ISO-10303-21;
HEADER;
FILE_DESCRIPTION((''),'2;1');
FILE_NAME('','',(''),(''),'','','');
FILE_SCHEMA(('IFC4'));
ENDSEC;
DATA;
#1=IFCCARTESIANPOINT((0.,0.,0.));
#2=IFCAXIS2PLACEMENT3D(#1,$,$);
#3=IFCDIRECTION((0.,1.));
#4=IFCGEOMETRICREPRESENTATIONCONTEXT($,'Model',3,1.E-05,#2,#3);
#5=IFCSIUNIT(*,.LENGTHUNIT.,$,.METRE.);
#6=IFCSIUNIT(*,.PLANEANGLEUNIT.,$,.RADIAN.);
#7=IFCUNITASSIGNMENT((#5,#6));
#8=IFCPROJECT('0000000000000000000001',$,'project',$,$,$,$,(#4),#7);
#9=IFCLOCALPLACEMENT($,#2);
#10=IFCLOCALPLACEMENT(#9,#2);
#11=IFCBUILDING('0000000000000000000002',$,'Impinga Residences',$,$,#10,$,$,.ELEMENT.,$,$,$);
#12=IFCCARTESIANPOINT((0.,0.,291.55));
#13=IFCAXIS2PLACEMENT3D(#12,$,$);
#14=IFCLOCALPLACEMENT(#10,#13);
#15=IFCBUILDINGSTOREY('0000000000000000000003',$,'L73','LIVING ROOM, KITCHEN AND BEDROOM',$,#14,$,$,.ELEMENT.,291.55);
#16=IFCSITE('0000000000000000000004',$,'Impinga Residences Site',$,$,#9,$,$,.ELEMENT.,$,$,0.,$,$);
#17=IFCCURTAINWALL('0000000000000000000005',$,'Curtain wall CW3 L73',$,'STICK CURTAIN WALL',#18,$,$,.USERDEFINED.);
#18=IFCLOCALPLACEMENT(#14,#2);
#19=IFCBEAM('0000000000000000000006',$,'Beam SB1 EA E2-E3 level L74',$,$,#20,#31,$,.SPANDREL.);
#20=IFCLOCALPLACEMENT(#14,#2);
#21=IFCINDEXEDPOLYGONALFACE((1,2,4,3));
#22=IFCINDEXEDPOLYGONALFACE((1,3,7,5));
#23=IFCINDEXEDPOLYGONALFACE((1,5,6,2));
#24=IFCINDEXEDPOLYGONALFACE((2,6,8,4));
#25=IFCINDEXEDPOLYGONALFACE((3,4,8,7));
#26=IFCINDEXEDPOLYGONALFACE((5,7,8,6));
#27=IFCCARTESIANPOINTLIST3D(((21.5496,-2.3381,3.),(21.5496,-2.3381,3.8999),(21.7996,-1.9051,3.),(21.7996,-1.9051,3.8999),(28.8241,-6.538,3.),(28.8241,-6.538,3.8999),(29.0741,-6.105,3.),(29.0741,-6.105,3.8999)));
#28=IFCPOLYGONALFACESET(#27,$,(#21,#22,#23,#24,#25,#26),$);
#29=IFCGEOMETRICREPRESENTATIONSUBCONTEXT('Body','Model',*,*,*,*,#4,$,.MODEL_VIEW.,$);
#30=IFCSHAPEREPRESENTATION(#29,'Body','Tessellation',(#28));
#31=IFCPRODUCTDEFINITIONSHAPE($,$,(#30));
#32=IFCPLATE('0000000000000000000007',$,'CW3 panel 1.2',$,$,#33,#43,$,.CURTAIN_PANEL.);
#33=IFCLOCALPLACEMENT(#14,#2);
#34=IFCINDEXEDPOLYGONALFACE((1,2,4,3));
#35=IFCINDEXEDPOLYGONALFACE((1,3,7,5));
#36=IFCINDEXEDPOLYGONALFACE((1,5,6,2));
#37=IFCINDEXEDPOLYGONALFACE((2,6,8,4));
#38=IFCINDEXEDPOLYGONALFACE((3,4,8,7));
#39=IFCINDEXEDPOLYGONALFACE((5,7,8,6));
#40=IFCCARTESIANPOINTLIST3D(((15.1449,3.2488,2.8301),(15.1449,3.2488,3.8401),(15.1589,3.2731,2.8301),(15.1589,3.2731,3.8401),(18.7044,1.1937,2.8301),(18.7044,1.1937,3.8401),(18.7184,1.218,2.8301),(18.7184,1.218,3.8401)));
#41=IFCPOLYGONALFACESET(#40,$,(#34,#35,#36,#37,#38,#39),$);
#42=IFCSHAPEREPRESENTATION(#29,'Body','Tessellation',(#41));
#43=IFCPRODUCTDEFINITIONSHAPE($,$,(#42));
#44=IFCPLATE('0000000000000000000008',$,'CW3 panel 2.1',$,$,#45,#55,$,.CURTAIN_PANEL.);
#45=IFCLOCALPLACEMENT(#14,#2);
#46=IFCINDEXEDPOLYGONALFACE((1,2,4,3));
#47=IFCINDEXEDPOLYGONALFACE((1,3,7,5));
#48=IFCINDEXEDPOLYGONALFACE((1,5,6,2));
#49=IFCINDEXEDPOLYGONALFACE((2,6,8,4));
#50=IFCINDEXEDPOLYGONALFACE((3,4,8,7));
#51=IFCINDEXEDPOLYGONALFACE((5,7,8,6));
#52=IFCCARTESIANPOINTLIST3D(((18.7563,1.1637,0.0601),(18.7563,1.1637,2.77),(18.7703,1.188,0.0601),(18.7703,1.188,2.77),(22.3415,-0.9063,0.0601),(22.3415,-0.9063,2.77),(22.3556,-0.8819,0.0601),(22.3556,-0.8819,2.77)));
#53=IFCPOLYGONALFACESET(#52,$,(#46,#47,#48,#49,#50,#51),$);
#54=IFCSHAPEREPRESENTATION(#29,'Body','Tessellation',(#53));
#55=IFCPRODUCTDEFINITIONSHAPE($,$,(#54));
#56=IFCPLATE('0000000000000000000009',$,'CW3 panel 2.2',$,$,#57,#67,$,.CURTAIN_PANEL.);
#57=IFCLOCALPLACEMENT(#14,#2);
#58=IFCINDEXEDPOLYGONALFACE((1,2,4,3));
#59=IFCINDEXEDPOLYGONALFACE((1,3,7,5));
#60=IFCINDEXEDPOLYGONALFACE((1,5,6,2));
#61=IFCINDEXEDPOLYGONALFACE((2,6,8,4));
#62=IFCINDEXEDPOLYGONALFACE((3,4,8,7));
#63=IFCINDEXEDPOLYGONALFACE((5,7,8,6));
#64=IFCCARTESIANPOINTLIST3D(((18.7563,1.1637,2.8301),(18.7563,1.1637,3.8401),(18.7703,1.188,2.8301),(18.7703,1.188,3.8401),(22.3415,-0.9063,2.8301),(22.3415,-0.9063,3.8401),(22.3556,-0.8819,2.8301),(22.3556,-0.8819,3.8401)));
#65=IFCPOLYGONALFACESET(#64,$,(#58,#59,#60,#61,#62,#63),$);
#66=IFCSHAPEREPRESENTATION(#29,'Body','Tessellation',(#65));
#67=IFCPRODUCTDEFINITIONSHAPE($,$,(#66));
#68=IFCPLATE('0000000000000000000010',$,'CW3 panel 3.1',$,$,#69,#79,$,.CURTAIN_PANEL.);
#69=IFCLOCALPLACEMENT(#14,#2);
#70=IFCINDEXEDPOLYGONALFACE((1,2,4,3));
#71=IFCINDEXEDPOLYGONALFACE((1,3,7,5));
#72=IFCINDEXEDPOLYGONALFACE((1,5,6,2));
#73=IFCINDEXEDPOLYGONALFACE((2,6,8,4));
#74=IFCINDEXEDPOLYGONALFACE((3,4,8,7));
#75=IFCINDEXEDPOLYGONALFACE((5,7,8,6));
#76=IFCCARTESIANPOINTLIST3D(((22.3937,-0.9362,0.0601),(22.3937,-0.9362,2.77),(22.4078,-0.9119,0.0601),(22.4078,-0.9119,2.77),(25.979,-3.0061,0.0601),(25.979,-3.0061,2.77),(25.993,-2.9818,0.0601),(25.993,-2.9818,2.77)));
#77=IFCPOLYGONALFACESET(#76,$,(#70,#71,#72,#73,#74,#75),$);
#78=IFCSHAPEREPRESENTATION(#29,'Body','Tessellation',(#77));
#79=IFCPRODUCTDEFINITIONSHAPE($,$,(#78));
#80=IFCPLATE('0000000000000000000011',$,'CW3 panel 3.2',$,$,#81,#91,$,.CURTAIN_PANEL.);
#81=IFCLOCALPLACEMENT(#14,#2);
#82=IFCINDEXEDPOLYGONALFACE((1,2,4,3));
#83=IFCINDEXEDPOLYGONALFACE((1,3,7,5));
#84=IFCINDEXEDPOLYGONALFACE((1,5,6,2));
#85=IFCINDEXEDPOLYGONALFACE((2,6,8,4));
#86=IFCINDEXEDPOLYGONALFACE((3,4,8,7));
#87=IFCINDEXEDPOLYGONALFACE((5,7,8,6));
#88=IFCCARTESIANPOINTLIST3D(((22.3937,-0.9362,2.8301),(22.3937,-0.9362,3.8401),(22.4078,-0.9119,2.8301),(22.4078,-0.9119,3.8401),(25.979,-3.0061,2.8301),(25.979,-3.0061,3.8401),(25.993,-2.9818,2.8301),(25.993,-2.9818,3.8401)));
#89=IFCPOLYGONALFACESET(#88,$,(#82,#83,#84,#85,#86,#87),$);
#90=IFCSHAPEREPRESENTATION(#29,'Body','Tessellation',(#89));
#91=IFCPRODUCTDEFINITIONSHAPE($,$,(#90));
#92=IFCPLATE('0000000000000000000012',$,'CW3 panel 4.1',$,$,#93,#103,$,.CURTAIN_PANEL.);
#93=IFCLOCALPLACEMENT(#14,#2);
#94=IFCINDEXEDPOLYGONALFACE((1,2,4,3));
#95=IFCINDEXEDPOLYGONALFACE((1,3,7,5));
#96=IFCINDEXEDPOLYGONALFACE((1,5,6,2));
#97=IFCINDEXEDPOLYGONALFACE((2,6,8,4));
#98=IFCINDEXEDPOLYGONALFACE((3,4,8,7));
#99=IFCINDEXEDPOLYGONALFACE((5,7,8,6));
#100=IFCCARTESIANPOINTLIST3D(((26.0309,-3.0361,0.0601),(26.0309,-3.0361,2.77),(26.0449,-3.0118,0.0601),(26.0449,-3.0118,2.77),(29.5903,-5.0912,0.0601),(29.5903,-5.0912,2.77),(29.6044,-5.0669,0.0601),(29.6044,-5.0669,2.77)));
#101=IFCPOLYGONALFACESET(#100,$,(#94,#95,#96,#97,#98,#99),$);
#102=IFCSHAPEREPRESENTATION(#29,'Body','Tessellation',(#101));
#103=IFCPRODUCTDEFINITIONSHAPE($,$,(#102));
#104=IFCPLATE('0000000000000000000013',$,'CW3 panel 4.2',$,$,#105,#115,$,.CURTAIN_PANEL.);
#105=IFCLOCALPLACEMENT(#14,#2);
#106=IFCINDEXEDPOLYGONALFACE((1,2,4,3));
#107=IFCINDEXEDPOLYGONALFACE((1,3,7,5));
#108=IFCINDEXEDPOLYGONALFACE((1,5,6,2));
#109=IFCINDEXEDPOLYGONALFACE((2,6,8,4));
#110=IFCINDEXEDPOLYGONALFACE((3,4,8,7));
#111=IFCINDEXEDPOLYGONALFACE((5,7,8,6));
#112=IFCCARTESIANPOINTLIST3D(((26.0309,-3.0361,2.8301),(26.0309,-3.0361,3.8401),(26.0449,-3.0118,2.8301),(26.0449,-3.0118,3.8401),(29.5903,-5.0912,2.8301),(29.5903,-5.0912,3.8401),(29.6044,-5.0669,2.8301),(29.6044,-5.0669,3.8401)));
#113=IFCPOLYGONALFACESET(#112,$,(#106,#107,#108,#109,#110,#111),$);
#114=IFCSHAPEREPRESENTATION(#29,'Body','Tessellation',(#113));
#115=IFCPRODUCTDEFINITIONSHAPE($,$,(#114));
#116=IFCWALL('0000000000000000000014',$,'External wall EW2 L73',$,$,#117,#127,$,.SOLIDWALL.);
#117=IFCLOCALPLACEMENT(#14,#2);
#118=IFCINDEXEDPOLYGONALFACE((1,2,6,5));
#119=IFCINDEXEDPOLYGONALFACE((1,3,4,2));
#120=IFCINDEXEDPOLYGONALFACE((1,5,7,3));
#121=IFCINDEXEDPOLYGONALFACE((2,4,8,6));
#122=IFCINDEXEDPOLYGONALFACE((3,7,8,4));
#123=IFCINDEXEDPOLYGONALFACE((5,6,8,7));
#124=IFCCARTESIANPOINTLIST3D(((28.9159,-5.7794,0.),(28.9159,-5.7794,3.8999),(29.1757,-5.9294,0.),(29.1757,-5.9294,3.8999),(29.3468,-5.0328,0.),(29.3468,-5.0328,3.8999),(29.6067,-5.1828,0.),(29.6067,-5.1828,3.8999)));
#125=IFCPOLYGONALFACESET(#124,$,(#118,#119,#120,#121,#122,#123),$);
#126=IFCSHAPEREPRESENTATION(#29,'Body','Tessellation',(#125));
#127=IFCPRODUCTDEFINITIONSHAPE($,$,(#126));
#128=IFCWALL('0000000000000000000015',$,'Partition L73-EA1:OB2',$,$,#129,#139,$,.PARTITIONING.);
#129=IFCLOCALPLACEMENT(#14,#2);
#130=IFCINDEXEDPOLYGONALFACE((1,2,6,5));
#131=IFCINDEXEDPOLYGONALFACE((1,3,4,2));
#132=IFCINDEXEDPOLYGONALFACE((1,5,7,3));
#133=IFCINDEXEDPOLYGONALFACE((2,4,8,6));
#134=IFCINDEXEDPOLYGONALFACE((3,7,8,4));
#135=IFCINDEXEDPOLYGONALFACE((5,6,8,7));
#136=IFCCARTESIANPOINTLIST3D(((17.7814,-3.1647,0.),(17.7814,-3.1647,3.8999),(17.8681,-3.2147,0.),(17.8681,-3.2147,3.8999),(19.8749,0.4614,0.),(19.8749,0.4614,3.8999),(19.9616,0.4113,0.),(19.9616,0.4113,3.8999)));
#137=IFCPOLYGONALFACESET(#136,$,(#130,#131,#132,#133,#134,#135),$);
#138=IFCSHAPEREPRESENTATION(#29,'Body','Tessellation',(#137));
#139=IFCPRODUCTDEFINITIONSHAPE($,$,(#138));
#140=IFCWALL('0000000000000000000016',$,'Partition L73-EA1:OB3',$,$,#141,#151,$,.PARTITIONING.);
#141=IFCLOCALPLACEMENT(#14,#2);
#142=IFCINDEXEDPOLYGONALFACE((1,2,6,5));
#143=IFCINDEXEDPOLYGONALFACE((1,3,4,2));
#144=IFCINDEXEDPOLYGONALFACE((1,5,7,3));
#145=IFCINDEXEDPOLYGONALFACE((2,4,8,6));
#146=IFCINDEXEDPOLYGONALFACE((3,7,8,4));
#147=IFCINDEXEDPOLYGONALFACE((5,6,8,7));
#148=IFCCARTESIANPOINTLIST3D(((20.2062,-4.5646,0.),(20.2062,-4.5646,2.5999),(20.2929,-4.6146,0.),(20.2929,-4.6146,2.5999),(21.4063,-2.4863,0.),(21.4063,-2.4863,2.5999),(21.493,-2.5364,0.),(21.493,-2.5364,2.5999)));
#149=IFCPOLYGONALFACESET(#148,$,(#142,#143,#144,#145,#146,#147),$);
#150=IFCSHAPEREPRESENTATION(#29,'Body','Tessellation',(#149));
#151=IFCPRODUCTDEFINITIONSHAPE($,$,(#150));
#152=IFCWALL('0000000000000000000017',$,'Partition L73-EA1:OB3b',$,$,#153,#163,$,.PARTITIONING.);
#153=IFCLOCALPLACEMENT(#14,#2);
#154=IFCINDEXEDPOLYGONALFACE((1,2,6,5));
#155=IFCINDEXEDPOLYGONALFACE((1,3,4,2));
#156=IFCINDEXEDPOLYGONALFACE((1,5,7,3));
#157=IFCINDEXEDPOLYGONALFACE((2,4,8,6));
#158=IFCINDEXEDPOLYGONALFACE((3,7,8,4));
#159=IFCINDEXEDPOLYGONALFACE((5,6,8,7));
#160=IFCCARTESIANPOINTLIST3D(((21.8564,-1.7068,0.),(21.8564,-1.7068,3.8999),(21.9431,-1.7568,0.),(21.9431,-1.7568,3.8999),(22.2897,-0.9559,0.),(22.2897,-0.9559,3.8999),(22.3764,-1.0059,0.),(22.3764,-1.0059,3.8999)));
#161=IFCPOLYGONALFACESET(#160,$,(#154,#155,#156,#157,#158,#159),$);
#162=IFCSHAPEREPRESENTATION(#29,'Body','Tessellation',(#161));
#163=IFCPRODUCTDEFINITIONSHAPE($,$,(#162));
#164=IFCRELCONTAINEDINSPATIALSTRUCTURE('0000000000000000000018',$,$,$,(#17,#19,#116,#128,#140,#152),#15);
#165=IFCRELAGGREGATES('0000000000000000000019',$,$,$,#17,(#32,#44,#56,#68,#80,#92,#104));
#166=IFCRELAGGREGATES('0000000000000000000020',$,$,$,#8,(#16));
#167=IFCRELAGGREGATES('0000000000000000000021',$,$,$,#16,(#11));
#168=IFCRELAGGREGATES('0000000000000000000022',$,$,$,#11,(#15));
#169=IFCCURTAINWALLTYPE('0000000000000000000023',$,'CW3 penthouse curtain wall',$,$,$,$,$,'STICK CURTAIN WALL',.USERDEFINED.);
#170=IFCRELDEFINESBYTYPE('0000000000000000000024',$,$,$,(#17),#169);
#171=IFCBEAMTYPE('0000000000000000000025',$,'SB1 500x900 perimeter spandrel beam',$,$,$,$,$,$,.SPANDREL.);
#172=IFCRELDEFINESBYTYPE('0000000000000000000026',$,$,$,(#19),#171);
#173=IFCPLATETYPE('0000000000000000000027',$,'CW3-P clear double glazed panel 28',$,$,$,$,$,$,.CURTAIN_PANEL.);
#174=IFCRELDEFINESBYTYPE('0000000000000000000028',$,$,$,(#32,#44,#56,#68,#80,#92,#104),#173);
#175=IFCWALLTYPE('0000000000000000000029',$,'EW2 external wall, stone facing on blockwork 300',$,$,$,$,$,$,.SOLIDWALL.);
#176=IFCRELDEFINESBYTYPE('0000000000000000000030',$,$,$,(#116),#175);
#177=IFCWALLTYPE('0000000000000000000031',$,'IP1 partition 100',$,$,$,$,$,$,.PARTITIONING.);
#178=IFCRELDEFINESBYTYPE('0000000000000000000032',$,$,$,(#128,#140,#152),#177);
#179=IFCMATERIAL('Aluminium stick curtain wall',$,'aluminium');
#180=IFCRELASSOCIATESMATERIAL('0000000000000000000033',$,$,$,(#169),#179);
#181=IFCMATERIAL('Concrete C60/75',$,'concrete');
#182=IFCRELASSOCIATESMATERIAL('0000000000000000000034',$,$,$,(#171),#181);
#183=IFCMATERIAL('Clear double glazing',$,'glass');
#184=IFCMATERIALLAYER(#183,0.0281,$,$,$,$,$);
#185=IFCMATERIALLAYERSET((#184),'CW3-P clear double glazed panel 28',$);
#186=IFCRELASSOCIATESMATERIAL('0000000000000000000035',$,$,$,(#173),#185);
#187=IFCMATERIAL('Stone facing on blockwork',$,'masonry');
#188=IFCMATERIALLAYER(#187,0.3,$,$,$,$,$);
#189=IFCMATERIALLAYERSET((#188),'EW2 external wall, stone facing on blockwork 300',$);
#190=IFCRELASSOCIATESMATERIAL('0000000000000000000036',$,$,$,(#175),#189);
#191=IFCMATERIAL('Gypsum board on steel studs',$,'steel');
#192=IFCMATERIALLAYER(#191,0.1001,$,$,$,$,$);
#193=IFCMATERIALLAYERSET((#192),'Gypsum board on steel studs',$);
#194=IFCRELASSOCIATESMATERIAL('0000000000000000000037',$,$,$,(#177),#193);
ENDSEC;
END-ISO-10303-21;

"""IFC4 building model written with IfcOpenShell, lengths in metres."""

from ifc_helpers import new_model, si_unit, direction, frame, frame_2d, origin, origin_2d, place, context, subcontext, project, spatial, rectangle, extrude, material, layer, layer_set, material_profile, profile_set, type_object, element, aggregate, save


model = new_model("IFC4")

# Units and contexts
model_context = context("Model", 3, precision=1e-05, world=origin(), true_north=direction((0.0, 1.0)))
body_context = subcontext(model_context, "Body", "Model", "MODEL_VIEW")
ifc_project = project(units=[si_unit("LENGTHUNIT", "METRE"), si_unit("PLANEANGLEUNIT", "RADIAN")], contexts=[model_context])

# Site, building, storey
site_placement = place(None, origin())
site = spatial("IfcSite", under=ifc_project, at=site_placement, Name="Impinga Residences Site", CompositionType="ELEMENT", RefElevation=0.0)
building_placement = place(site_placement, origin())
building = spatial("IfcBuilding", under=site, at=building_placement, Name="Impinga Residences", CompositionType="ELEMENT")
storey_placement = place(building_placement, frame((0.0, 0.0, 291.55)))
storey = spatial("IfcBuildingStorey", under=building, at=storey_placement, Name="L73", Description="LIVING ROOM, KITCHEN AND BEDROOM", CompositionType="ELEMENT", Elevation=291.55)

# Shared definitions
ifc_material_1 = material(Name="Concrete C60/75", Category="concrete")

# Curtain wall
ifc_material_2 = material(Name="Aluminium stick curtain wall", Category="aluminium")
curtain_wall_type = type_object("IfcCurtainWallType", Name="CW3 penthouse curtain wall", ElementType="STICK CURTAIN WALL", PredefinedType="USERDEFINED", material=ifc_material_2)
curtain_wall_placement = place(storey_placement, origin())
curtain_wall = element("IfcCurtainWall", 1, at=curtain_wall_placement, inside=storey, type_object=curtain_wall_type, Name="Curtain wall CW3 L73", ObjectType="STICK CURTAIN WALL", PredefinedType="USERDEFINED")

# Beam
ifc_material_profile_1 = material_profile(ifc_material_1, rectangle(XDim=0.5, YDim=0.8999, at=origin_2d()), Name="RC 500x900")
ifc_profile_set_1 = profile_set([ifc_material_profile_1], Name="Concrete C60/75")
beam_type = type_object("IfcBeamType", Name="SB1 500x900 perimeter spandrel beam", PredefinedType="SPANDREL", material=ifc_profile_set_1)
beam_placement = place(storey_placement, frame((21.6746, -2.1216, 3.45), z_axis=(0.866029, -0.499993, 0.0), x_axis=(0.499993, 0.866029, 0.0)))
element("IfcBeam", 2, at=beam_placement, inside=storey, type_object=beam_type, Name="Beam SB1 EA E2-E3 level L74", PredefinedType="SPANDREL", context=body_context, shape_type="SweptSolid", body=[
    extrude(rectangle(XDim=0.5, YDim=0.8999, at=origin_2d()), origin(), (0.0, 0.0, 1.0), 8.3999),
])

# Plates
ifc_material_3 = material(Name="Clear double glazing", Category="glass")
ifc_layer_1 = layer(ifc_material_3, 0.0281)
ifc_layer_set_1 = layer_set([ifc_layer_1], Name="CW3-P clear double glazed panel 28")
plate_type = type_object("IfcPlateType", Name="CW3-P clear double glazed panel 28", PredefinedType="CURTAIN_PANEL", material=ifc_layer_set_1)
plate_1_placement = place(storey_placement, frame((16.9316, 2.2334, 2.8301), z_axis=(0.0, 0.0, 1.0), x_axis=(0.866025, -0.5, 0.0)))
plate_1 = element("IfcPlate", 3, at=plate_1_placement, type_object=plate_type, Name="CW3 panel 1.2", PredefinedType="CURTAIN_PANEL", context=body_context, shape_type="SweptSolid", body=[
    extrude(rectangle(XDim=4.1101, YDim=0.0281, at=origin_2d()), origin(), (0.0, 0.0, 1.0), 1.01),
])
plate_2_placement = place(storey_placement, frame((20.5559, 0.1409, 0.0601), z_axis=(0.0, 0.0, 1.0), x_axis=(0.866025, -0.5, 0.0)))
plate_2 = element("IfcPlate", 4, at=plate_2_placement, type_object=plate_type, Name="CW3 panel 2.1", PredefinedType="CURTAIN_PANEL", context=body_context, shape_type="SweptSolid", body=[
    extrude(rectangle(XDim=4.1399, YDim=0.0281, at=origin_2d()), origin(), (0.0, 0.0, 1.0), 2.71),
])
plate_3_placement = place(storey_placement, frame((20.5559, 0.1409, 2.8301), z_axis=(0.0, 0.0, 1.0), x_axis=(0.866025, -0.5, 0.0)))
plate_3 = element("IfcPlate", 5, at=plate_3_placement, type_object=plate_type, Name="CW3 panel 2.2", PredefinedType="CURTAIN_PANEL", context=body_context, shape_type="SweptSolid", body=[
    extrude(rectangle(XDim=4.1399, YDim=0.0281, at=origin_2d()), origin(), (0.0, 0.0, 1.0), 1.01),
])
plate_4_placement = place(storey_placement, frame((24.1934, -1.959, 0.0601), z_axis=(0.0, 0.0, 1.0), x_axis=(0.866025, -0.5, 0.0)))
plate_4 = element("IfcPlate", 6, at=plate_4_placement, type_object=plate_type, Name="CW3 panel 3.1", PredefinedType="CURTAIN_PANEL", context=body_context, shape_type="SweptSolid", body=[
    extrude(rectangle(XDim=4.1399, YDim=0.0281, at=origin_2d()), origin(), (0.0, 0.0, 1.0), 2.71),
])
plate_5_placement = place(storey_placement, frame((24.1934, -1.959, 2.8301), z_axis=(0.0, 0.0, 1.0), x_axis=(0.866025, -0.5, 0.0)))
plate_5 = element("IfcPlate", 7, at=plate_5_placement, type_object=plate_type, Name="CW3 panel 3.2", PredefinedType="CURTAIN_PANEL", context=body_context, shape_type="SweptSolid", body=[
    extrude(rectangle(XDim=4.1399, YDim=0.0281, at=origin_2d()), origin(), (0.0, 0.0, 1.0), 1.01),
])
plate_6_placement = place(storey_placement, frame((27.8176, -4.0515, 0.0601), z_axis=(0.0, 0.0, 1.0), x_axis=(0.866025, -0.5, 0.0)))
plate_6 = element("IfcPlate", 8, at=plate_6_placement, type_object=plate_type, Name="CW3 panel 4.1", PredefinedType="CURTAIN_PANEL", context=body_context, shape_type="SweptSolid", body=[
    extrude(rectangle(XDim=4.1101, YDim=0.0281, at=origin_2d()), origin(), (0.0, 0.0, 1.0), 2.71),
])
plate_7_placement = place(storey_placement, frame((27.8176, -4.0515, 2.8301), z_axis=(0.0, 0.0, 1.0), x_axis=(0.866025, -0.5, 0.0)))
plate_7 = element("IfcPlate", 9, at=plate_7_placement, type_object=plate_type, Name="CW3 panel 4.2", PredefinedType="CURTAIN_PANEL", context=body_context, shape_type="SweptSolid", body=[
    extrude(rectangle(XDim=4.1101, YDim=0.0281, at=origin_2d()), origin(), (0.0, 0.0, 1.0), 1.01),
])
aggregate(curtain_wall, [plate_1, plate_2, plate_3, plate_4, plate_5, plate_6, plate_7])

# Walls
ifc_material_4 = material(Name="Stone facing on blockwork", Category="masonry")
ifc_layer_2 = layer(ifc_material_4, 0.3)
ifc_layer_set_2 = layer_set([ifc_layer_2], Name="EW2 external wall, stone facing on blockwork 300")
wall_type_1 = type_object("IfcWallType", Name="EW2 external wall, stone facing on blockwork 300", PredefinedType="SOLIDWALL", material=ifc_layer_set_2)
wall_1_placement = place(storey_placement, frame((29.4768, -5.1077, 0.0), z_axis=(0.0, 0.0, 1.0), x_axis=(-0.499886, -0.866091, 0.0)))
element("IfcWall", 10, at=wall_1_placement, inside=storey, type_object=wall_type_1, Name="External wall EW2 L73", PredefinedType="SOLIDWALL", context=body_context, shape_type="SweptSolid", body=[
    extrude(rectangle(XDim=0.8621, YDim=0.3, at=frame_2d((0.4312, 0.0))), origin(), (0.0, 0.0, 1.0), 3.8999),
])
ifc_material_5 = material(Name="Gypsum board on steel studs", Category="steel")
ifc_layer_3 = layer(ifc_material_5, 0.1001)
ifc_layer_set_3 = layer_set([ifc_layer_3], Name="Gypsum board on steel studs")
wall_type_2 = type_object("IfcWallType", Name="IP1 partition 100", PredefinedType="PARTITIONING", material=ifc_layer_set_3)
wall_2_placement = place(storey_placement, frame((17.8247, -3.1897, 0.0), z_axis=(0.0, 0.0, 1.0), x_axis=(0.500008, 0.866021, 0.0)))
element("IfcWall", 11, at=wall_2_placement, inside=storey, type_object=wall_type_2, Name="Partition L73-EA1:OB2", PredefinedType="PARTITIONING", context=body_context, shape_type="SweptSolid", body=[
    extrude(rectangle(XDim=4.187, YDim=0.1001, at=frame_2d((2.0935, 0.0))), origin(), (0.0, 0.0, 1.0), 3.8999),
])
wall_3_placement = place(storey_placement, frame((20.2495, -4.5896, 0.0), z_axis=(0.0, 0.0, 1.0), x_axis=(0.500078, 0.865981, 0.0)))
element("IfcWall", 12, at=wall_3_placement, inside=storey, type_object=wall_type_2, Name="Partition L73-EA1:OB3", PredefinedType="PARTITIONING", context=body_context, shape_type="SweptSolid", body=[
    extrude(rectangle(XDim=2.3999, YDim=0.1001, at=frame_2d((1.2, 0.0))), origin(), (0.0, 0.0, 1.0), 2.5999),
])
wall_4_placement = place(storey_placement, frame((21.8997, -1.7319, 0.0), z_axis=(0.0, 0.0, 1.0), x_axis=(0.499804, 0.866139, 0.0)))
element("IfcWall", 13, at=wall_4_placement, inside=storey, type_object=wall_type_2, Name="Partition L73-EA1:OB3b", PredefinedType="PARTITIONING", context=body_context, shape_type="SweptSolid", body=[
    extrude(rectangle(XDim=0.8669, YDim=0.1001, at=frame_2d((0.4336, 0.0))), origin(), (0.0, 0.0, 1.0), 3.8999),
])

save(model, "model.ifc")
